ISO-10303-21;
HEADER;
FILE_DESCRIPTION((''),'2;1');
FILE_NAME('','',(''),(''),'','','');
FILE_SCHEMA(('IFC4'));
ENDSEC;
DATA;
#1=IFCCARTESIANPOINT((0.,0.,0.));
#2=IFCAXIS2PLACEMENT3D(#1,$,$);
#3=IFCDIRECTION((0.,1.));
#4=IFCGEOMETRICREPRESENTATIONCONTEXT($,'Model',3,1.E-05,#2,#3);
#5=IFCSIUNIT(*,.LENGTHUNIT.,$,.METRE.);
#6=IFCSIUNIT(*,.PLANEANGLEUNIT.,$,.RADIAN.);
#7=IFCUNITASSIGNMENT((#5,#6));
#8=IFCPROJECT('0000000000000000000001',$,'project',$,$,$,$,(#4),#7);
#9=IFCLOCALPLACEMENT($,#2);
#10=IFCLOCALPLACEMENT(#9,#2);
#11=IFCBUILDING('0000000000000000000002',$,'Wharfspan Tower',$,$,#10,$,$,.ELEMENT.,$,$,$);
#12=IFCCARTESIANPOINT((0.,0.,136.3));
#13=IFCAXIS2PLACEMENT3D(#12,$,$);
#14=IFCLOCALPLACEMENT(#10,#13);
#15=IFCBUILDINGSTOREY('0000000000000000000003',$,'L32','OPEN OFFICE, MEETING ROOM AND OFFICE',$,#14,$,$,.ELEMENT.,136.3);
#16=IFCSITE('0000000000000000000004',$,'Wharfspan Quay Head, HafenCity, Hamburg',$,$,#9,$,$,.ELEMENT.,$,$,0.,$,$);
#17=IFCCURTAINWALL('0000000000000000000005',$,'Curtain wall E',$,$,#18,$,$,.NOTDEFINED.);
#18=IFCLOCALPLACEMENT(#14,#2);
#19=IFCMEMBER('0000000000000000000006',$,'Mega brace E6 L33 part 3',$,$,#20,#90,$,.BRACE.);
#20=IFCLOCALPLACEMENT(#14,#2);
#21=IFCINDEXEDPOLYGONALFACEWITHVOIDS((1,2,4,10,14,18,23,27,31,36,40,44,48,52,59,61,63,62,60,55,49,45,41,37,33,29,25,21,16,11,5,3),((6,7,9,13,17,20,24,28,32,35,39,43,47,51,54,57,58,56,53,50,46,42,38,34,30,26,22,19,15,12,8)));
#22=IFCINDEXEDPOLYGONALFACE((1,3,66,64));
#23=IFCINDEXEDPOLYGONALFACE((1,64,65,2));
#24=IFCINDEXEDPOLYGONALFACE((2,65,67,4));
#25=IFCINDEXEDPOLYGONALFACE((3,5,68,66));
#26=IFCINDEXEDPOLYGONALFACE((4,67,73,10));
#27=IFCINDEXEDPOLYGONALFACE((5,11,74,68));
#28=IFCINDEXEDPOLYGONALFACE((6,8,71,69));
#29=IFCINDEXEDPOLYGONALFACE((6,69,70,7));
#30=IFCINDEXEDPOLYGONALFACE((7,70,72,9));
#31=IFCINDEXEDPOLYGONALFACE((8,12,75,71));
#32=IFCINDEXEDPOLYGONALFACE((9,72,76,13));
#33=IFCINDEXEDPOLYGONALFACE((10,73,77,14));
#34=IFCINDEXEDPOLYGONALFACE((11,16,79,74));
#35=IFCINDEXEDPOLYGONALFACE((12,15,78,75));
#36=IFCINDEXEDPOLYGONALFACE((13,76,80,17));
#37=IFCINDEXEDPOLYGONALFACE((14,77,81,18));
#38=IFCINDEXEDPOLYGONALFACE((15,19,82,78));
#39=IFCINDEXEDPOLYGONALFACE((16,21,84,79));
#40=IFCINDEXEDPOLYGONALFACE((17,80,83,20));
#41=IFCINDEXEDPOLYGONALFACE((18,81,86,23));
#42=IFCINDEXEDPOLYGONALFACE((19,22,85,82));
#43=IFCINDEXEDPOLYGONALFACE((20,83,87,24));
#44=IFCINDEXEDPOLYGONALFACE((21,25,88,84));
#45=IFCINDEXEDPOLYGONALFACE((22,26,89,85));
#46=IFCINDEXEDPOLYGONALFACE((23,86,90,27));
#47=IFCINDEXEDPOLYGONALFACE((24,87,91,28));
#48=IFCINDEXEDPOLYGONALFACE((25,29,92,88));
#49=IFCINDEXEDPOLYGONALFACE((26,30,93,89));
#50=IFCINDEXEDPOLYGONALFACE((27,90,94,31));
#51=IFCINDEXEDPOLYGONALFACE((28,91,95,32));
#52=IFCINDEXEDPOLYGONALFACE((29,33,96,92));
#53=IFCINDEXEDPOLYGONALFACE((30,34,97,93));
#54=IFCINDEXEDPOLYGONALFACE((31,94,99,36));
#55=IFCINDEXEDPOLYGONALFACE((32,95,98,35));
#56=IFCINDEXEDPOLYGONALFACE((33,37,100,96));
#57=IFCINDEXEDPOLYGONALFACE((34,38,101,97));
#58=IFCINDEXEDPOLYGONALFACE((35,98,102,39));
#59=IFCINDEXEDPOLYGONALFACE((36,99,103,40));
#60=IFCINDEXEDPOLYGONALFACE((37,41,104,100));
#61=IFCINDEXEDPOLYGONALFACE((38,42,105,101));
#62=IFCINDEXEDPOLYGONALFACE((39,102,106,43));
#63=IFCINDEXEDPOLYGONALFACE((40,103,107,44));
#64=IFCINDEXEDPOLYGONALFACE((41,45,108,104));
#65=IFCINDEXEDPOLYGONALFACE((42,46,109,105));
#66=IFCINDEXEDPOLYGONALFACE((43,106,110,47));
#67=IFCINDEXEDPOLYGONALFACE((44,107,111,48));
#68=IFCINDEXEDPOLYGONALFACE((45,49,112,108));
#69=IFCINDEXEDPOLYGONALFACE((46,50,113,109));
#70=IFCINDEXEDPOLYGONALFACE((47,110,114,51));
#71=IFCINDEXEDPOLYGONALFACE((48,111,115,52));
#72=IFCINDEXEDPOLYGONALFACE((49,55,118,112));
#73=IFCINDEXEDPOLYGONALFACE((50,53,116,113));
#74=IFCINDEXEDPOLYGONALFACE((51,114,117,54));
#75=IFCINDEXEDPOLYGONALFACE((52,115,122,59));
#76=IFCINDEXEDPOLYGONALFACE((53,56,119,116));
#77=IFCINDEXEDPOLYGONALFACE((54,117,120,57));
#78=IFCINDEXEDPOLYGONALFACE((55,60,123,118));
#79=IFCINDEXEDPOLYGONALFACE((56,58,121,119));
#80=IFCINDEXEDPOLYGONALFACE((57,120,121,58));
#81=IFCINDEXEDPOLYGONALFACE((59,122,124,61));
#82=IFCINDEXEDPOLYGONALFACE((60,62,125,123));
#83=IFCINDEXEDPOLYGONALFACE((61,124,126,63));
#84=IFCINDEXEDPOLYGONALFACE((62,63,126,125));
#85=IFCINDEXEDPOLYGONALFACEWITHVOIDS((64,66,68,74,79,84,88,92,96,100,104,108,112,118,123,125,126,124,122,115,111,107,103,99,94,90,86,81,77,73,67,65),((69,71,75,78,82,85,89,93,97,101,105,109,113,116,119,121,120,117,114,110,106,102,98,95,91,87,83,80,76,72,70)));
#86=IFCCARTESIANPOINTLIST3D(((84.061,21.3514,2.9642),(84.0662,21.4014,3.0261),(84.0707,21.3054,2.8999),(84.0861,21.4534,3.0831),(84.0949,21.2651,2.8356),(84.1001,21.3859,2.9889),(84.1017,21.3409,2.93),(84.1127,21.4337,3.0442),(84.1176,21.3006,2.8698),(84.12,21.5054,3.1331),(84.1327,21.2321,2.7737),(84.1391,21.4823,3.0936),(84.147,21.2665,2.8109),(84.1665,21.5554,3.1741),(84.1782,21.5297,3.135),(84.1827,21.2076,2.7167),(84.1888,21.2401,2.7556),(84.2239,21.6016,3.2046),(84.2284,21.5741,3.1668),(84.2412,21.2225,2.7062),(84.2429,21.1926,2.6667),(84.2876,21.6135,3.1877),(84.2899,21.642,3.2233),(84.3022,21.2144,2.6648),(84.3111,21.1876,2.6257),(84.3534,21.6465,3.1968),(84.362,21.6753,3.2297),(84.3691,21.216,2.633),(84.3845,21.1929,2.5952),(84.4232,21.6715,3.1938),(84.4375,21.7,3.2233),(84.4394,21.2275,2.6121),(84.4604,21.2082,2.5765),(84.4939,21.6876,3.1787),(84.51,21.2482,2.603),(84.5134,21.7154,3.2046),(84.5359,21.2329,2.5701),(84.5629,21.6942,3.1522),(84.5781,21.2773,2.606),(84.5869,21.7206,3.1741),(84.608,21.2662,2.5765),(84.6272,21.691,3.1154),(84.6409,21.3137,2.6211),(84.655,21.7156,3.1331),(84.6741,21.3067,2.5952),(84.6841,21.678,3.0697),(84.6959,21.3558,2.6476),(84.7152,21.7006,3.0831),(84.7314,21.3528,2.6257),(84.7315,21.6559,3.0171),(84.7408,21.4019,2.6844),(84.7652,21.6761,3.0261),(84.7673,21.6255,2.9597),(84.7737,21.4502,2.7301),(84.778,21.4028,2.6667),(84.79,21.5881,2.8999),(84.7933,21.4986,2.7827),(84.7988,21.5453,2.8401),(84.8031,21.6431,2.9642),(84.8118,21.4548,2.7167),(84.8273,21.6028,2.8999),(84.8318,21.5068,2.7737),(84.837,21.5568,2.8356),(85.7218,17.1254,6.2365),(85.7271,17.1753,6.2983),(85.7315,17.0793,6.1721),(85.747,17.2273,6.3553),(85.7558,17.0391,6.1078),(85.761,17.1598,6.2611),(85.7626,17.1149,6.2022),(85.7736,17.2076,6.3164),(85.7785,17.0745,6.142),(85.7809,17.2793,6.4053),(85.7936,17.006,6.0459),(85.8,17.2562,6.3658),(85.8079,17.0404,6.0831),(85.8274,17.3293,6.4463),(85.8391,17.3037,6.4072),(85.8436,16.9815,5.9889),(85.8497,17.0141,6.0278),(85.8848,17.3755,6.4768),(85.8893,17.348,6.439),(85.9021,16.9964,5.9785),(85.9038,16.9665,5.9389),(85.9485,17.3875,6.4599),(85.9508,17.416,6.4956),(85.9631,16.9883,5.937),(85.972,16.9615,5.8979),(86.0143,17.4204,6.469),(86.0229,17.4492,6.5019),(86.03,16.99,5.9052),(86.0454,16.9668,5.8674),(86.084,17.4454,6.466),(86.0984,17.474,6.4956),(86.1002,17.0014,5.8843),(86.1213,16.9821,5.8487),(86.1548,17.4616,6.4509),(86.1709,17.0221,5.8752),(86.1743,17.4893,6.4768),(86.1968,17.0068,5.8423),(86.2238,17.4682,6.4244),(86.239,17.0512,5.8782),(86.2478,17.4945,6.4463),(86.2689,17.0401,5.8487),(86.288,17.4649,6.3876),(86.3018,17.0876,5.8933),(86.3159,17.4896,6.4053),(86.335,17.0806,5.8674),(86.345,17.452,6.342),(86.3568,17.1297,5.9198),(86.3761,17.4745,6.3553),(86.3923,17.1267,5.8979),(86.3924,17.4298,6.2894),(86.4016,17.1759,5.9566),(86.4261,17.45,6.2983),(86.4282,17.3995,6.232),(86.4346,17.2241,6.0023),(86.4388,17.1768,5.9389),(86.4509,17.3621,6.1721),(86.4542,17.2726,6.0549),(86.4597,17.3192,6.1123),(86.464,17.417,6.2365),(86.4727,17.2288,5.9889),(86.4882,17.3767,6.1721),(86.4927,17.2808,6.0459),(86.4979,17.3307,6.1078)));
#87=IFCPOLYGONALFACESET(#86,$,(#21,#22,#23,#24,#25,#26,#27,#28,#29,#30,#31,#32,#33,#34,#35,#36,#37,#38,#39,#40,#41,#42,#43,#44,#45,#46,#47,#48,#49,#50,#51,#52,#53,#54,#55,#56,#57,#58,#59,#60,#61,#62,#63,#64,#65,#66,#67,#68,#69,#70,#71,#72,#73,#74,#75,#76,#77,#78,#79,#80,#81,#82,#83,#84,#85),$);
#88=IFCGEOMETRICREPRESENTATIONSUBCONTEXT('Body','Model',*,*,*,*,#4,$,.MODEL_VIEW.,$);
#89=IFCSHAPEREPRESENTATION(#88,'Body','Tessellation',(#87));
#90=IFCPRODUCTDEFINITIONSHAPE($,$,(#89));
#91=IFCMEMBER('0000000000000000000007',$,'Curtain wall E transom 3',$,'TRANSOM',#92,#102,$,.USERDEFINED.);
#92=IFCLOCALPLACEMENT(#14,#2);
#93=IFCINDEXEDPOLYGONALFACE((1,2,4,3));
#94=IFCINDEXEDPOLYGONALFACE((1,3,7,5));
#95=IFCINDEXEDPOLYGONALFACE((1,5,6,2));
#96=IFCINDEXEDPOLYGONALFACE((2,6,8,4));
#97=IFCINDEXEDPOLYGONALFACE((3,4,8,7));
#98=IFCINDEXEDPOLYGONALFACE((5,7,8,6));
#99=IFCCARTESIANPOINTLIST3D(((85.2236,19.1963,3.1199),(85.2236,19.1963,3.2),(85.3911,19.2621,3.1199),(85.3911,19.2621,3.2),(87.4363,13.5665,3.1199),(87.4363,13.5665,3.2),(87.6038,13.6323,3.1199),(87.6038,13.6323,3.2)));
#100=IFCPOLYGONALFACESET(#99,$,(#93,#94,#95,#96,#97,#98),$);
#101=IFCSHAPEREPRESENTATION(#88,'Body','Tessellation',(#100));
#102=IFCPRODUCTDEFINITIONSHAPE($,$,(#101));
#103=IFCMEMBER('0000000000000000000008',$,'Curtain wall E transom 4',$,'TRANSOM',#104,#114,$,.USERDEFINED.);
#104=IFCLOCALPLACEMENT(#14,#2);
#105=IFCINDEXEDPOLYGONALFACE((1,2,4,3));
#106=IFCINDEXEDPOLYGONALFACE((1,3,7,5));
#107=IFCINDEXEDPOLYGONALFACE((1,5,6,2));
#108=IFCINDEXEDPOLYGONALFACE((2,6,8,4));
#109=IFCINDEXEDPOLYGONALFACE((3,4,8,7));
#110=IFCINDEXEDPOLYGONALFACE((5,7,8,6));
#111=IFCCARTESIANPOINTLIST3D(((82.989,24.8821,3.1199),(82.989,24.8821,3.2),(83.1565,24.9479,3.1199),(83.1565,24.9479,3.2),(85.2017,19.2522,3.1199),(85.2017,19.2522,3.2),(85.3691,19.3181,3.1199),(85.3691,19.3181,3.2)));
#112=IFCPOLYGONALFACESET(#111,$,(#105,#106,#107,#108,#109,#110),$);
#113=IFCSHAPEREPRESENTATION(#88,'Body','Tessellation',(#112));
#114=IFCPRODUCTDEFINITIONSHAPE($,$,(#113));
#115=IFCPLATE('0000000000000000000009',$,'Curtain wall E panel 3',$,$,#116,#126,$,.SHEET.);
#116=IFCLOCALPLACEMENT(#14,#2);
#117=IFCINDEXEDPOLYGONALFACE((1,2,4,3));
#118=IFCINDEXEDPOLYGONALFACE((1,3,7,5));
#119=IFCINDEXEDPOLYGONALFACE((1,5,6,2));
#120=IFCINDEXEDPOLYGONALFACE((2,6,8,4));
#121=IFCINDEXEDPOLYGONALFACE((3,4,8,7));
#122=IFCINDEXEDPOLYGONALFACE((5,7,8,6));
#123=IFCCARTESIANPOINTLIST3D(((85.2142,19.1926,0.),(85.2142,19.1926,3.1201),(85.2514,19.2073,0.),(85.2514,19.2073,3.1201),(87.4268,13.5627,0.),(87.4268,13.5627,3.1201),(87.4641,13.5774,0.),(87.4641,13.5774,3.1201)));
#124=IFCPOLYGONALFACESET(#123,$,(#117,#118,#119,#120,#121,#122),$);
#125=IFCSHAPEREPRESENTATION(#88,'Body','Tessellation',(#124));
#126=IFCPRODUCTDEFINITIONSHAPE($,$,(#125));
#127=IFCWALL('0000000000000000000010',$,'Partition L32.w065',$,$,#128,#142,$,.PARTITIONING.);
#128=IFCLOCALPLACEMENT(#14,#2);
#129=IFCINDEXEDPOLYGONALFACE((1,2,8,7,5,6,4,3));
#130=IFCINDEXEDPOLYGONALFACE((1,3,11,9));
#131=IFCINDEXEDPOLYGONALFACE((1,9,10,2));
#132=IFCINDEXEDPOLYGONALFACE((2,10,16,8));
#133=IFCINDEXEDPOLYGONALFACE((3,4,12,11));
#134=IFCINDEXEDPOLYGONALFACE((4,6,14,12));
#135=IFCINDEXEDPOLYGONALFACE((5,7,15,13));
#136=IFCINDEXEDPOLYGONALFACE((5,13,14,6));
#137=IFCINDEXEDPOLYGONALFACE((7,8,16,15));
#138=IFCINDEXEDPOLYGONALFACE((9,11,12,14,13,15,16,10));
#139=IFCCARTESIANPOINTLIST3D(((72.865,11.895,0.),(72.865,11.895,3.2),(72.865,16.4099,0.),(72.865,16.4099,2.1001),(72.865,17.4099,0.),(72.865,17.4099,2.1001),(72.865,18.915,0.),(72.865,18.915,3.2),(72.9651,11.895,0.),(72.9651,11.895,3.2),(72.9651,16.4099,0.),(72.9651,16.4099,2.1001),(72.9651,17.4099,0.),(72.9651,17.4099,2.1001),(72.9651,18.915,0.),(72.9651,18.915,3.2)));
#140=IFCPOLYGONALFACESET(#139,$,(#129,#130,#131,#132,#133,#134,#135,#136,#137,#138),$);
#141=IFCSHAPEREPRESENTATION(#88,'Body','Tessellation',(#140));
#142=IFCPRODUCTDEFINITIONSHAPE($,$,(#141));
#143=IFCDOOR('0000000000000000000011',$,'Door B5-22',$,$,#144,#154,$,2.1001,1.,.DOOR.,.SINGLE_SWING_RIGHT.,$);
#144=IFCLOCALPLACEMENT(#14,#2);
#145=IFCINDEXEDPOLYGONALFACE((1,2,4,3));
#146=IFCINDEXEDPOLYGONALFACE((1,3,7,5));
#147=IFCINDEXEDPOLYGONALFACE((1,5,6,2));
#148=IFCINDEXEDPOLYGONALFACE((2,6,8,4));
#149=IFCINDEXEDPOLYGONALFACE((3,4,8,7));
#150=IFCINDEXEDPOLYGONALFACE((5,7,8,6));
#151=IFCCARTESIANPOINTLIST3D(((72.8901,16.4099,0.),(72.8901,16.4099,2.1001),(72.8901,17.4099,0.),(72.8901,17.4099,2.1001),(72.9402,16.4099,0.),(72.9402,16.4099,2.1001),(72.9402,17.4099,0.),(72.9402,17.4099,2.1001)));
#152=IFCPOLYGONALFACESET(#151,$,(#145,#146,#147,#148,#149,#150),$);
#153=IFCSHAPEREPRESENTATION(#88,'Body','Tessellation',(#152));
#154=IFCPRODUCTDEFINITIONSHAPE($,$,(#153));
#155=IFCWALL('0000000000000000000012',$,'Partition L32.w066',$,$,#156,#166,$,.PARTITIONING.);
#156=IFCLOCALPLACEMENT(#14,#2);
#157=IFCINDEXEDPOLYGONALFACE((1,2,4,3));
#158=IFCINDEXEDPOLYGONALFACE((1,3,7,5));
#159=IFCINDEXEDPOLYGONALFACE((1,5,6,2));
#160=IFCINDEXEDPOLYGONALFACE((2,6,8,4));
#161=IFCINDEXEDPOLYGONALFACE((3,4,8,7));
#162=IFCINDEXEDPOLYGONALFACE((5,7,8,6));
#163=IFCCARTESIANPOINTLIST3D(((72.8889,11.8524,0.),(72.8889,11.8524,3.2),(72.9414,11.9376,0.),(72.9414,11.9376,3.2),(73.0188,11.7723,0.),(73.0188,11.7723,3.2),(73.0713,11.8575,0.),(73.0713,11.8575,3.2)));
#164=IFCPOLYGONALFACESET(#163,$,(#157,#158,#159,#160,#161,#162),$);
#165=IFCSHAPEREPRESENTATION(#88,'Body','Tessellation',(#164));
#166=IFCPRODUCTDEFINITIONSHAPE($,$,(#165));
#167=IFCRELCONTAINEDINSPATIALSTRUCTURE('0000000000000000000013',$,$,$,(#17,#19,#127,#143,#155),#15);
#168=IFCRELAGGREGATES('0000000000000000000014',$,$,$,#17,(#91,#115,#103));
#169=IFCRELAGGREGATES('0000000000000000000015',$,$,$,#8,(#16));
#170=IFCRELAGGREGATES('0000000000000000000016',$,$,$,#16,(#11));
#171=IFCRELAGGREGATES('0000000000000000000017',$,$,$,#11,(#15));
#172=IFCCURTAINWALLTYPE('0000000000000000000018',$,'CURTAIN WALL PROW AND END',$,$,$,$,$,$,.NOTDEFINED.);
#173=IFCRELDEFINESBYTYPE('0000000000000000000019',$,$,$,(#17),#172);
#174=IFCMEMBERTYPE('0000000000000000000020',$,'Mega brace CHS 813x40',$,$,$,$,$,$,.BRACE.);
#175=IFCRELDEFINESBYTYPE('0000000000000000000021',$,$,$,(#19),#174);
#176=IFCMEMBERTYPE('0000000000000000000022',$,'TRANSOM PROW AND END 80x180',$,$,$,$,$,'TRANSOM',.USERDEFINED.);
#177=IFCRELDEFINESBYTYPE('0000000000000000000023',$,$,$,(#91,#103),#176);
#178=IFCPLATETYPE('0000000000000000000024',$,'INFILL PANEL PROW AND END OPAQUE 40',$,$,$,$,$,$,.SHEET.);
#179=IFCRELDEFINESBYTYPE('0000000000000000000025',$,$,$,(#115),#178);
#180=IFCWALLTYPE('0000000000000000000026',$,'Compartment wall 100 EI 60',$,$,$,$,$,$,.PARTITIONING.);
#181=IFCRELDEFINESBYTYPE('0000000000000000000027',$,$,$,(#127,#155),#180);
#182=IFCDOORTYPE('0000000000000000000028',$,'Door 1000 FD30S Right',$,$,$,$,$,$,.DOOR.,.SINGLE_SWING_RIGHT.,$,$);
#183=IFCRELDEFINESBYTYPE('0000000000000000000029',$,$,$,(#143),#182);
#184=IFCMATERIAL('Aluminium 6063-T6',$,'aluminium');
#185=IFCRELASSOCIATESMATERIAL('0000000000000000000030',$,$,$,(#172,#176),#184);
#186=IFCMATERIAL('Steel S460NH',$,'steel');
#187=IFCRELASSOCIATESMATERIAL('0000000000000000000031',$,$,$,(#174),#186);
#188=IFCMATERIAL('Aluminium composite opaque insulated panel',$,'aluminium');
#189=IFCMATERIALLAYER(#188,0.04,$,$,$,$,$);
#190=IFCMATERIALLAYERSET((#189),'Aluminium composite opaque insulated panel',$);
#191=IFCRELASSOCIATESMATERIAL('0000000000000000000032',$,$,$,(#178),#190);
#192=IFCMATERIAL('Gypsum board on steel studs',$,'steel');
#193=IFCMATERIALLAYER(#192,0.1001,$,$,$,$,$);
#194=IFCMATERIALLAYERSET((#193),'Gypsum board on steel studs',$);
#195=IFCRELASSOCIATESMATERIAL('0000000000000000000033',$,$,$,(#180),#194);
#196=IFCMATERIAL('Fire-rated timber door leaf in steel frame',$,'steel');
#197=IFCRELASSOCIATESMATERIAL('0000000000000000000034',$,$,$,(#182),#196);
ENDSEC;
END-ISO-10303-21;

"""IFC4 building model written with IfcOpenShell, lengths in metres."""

from ifc_helpers import new_model, si_unit, direction, frame, frame_2d, origin, origin_2d, place, context, subcontext, project, spatial, rectangle, hollow_circle, extrude, material, layer, layer_set, material_profile, profile_set, type_object, element, fill, aggregate, save


model = new_model("IFC4")

# Units and contexts
model_context = context("Model", 3, precision=1e-05, world=origin(), true_north=direction((0.0, 1.0)))
body_context = subcontext(model_context, "Body", "Model", "MODEL_VIEW")
ifc_project = project(units=[si_unit("LENGTHUNIT", "METRE"), si_unit("PLANEANGLEUNIT", "RADIAN")], contexts=[model_context])

# Site, building, storey
site_placement = place(None, origin())
site = spatial("IfcSite", under=ifc_project, at=site_placement, Name="Wharfspan Quay Head, HafenCity, Hamburg", CompositionType="ELEMENT", RefElevation=0.0)
building_placement = place(site_placement, origin())
building = spatial("IfcBuilding", under=site, at=building_placement, Name="Wharfspan Tower", CompositionType="ELEMENT")
storey_placement = place(building_placement, frame((0.0, 0.0, 136.3)))
storey = spatial("IfcBuildingStorey", under=building, at=storey_placement, Name="L32", Description="OPEN OFFICE, MEETING ROOM AND OFFICE", CompositionType="ELEMENT", Elevation=136.3)

# Curtain wall
ifc_material_1 = material(Name="Aluminium 6063-T6", Category="aluminium")
curtain_wall_type = type_object("IfcCurtainWallType", Name="CURTAIN WALL PROW AND END", PredefinedType="NOTDEFINED", material=ifc_material_1)
curtain_wall_placement = place(storey_placement, origin())
curtain_wall = element("IfcCurtainWall", 1, at=curtain_wall_placement, inside=storey, type_object=curtain_wall_type, Name="Curtain wall E", PredefinedType="NOTDEFINED")

# Member
ifc_material_2 = material(Name="Steel S460NH", Category="steel")
ifc_material_profile_1 = material_profile(ifc_material_2, hollow_circle(Radius=0.4065, WallThickness=0.04, at=origin_2d()))
ifc_profile_set_1 = profile_set([ifc_material_profile_1], Name="Steel S460NH")
member_type_1 = type_object("IfcMemberType", Name="Mega brace CHS 813x40", PredefinedType="BRACE", material=ifc_profile_set_1)
member_1_placement = place(storey_placement, frame((84.449, 21.4541, 2.8999), z_axis=(0.29675, -0.75507, 0.584645), x_axis=(0.930704, 0.365779, 0.000004)))
element("IfcMember", 2, at=member_1_placement, inside=storey, type_object=member_type_1, Name="Mega brace E6 L33 part 3", PredefinedType="BRACE", context=body_context, shape_type="SweptSolid", body=[
    extrude(hollow_circle(Radius=0.4065, WallThickness=0.04, at=origin_2d()), origin(), (0.0, 0.0, 1.0), 5.5969),
])

# Members
ifc_material_profile_2 = material_profile(ifc_material_1, rectangle(XDim=0.1799, YDim=0.0801, at=origin_2d()))
ifc_profile_set_2 = profile_set([ifc_material_profile_2], Name="Aluminium 6063-T6")
member_type_2 = type_object("IfcMemberType", Name="TRANSOM PROW AND END 80x180", ElementType="TRANSOM", PredefinedType="USERDEFINED", material=ifc_profile_set_2)
member_2_placement = place(storey_placement, frame((87.52, 13.5994, 3.1599), z_axis=(-0.365782, 0.9307, 0.0), x_axis=(-0.9307, -0.365782, 0.0)))
member_2 = element("IfcMember", 3, at=member_2_placement, type_object=member_type_2, Name="Curtain wall E transom 3", ObjectType="TRANSOM", PredefinedType="USERDEFINED", context=body_context, shape_type="SweptSolid", body=[
    extrude(rectangle(XDim=0.1799, YDim=0.0801, at=origin_2d()), origin(), (0.0, 0.0, 1.0), 6.0491),
])
member_3_placement = place(storey_placement, frame((85.2854, 19.2852, 3.1599), z_axis=(-0.365782, 0.9307, 0.0), x_axis=(-0.9307, -0.365782, 0.0)))
member_3 = element("IfcMember", 4, at=member_3_placement, type_object=member_type_2, Name="Curtain wall E transom 4", ObjectType="TRANSOM", PredefinedType="USERDEFINED", context=body_context, shape_type="SweptSolid", body=[
    extrude(rectangle(XDim=0.1799, YDim=0.0801, at=origin_2d()), origin(), (0.0, 0.0, 1.0), 6.0491),
])

# Plate
ifc_material_3 = material(Name="Aluminium composite opaque insulated panel", Category="aluminium")
ifc_layer_1 = layer(ifc_material_3, 0.04)
ifc_layer_set_1 = layer_set([ifc_layer_1], Name="Aluminium composite opaque insulated panel")
plate_type = type_object("IfcPlateType", Name="INFILL PANEL PROW AND END OPAQUE 40", PredefinedType="SHEET", material=ifc_layer_set_1)
plate_placement = place(storey_placement, frame((86.3391, 16.385, 0.0), z_axis=(0.0, 0.0, 1.0), x_axis=(-0.365778, 0.930702, 0.0)))
plate = element("IfcPlate", 5, at=plate_placement, type_object=plate_type, Name="Curtain wall E panel 3", PredefinedType="SHEET", context=body_context, shape_type="SweptSolid", body=[
    extrude(rectangle(XDim=6.0491, YDim=0.04, at=origin_2d()), origin(), (0.0, 0.0, 1.0), 3.1201),
])
aggregate(curtain_wall, [member_2, plate, member_3])

# Wall, opening, door
ifc_material_4 = material(Name="Gypsum board on steel studs", Category="steel")
ifc_layer_2 = layer(ifc_material_4, 0.1001)
ifc_layer_set_2 = layer_set([ifc_layer_2], Name="Gypsum board on steel studs")
wall_type_1 = type_object("IfcWallType", Name="Compartment wall 100 EI 60", PredefinedType="PARTITIONING", material=ifc_layer_set_2)
wall_1_placement = place(storey_placement, frame((72.915, 11.895, 0.0), z_axis=(0.0, 0.0, 1.0), x_axis=(0.0, 1.0, 0.0)))
wall_1 = element("IfcWall", 6, at=wall_1_placement, inside=storey, type_object=wall_type_1, Name="Partition L32.w065", PredefinedType="PARTITIONING", context=body_context, shape_type="SweptSolid", body=[
    extrude(rectangle(XDim=7.02, YDim=0.1001, at=frame_2d((3.51, 0.0))), origin(), (0.0, 0.0, 1.0), 3.2),
])
opening_1_placement = place(wall_1_placement, frame((4.5149, 0.0, 0.0)))
opening_1 = element("IfcOpeningElement", 7, at=opening_1_placement, cuts=wall_1, PredefinedType="OPENING", context=body_context, shape_type="SweptSolid", body=[
    extrude(rectangle(XDim=1.0, YDim=2.1001, at=frame_2d((0.5, 1.05))), frame((0.0, 0.0601, 0.0), z_axis=(0.0, -1.0, 0.0), x_axis=(1.0, 0.0, 0.0)), (0.0, 0.0, 1.0), 0.1201),
])
ifc_material_5 = material(Name="Fire-rated timber door leaf in steel frame", Category="steel")
door_type_1 = type_object("IfcDoorType", Name="Door 1000 FD30S Right", OperationType="SINGLE_SWING_RIGHT", PredefinedType="DOOR", material=ifc_material_5)
door_1_placement = place(opening_1_placement, origin())
door_1 = element("IfcDoor", 8, at=door_1_placement, inside=storey, type_object=door_type_1, Name="Door B5-22", OperationType="SINGLE_SWING_RIGHT", OverallHeight=2.1001, OverallWidth=1.0, PredefinedType="DOOR", context=body_context, shape_type="SweptSolid", body=[
    extrude(rectangle(XDim=1.0, YDim=2.1001, at=frame_2d((0.5, 1.05))), frame((0.0, 0.0249, 0.0), z_axis=(0.0, -1.0, 0.0), x_axis=(1.0, 0.0, 0.0)), (0.0, 0.0, 1.0), 0.05),
])
fill(opening_1, door_1)

# Wall
wall_2_placement = place(storey_placement, frame((73.0449, 11.8149, 0.0), z_axis=(0.0, 0.0, 1.0), x_axis=(-0.851221, 0.524813, 0.0)))
element("IfcWall", 9, at=wall_2_placement, inside=storey, type_object=wall_type_1, Name="Partition L32.w066", PredefinedType="PARTITIONING", context=body_context, shape_type="SweptSolid", body=[
    extrude(rectangle(XDim=0.1526, YDim=0.1001, at=frame_2d((0.0762, 0.0))), origin(), (0.0, 0.0, 1.0), 3.2),
])

save(model, "model.ifc")
